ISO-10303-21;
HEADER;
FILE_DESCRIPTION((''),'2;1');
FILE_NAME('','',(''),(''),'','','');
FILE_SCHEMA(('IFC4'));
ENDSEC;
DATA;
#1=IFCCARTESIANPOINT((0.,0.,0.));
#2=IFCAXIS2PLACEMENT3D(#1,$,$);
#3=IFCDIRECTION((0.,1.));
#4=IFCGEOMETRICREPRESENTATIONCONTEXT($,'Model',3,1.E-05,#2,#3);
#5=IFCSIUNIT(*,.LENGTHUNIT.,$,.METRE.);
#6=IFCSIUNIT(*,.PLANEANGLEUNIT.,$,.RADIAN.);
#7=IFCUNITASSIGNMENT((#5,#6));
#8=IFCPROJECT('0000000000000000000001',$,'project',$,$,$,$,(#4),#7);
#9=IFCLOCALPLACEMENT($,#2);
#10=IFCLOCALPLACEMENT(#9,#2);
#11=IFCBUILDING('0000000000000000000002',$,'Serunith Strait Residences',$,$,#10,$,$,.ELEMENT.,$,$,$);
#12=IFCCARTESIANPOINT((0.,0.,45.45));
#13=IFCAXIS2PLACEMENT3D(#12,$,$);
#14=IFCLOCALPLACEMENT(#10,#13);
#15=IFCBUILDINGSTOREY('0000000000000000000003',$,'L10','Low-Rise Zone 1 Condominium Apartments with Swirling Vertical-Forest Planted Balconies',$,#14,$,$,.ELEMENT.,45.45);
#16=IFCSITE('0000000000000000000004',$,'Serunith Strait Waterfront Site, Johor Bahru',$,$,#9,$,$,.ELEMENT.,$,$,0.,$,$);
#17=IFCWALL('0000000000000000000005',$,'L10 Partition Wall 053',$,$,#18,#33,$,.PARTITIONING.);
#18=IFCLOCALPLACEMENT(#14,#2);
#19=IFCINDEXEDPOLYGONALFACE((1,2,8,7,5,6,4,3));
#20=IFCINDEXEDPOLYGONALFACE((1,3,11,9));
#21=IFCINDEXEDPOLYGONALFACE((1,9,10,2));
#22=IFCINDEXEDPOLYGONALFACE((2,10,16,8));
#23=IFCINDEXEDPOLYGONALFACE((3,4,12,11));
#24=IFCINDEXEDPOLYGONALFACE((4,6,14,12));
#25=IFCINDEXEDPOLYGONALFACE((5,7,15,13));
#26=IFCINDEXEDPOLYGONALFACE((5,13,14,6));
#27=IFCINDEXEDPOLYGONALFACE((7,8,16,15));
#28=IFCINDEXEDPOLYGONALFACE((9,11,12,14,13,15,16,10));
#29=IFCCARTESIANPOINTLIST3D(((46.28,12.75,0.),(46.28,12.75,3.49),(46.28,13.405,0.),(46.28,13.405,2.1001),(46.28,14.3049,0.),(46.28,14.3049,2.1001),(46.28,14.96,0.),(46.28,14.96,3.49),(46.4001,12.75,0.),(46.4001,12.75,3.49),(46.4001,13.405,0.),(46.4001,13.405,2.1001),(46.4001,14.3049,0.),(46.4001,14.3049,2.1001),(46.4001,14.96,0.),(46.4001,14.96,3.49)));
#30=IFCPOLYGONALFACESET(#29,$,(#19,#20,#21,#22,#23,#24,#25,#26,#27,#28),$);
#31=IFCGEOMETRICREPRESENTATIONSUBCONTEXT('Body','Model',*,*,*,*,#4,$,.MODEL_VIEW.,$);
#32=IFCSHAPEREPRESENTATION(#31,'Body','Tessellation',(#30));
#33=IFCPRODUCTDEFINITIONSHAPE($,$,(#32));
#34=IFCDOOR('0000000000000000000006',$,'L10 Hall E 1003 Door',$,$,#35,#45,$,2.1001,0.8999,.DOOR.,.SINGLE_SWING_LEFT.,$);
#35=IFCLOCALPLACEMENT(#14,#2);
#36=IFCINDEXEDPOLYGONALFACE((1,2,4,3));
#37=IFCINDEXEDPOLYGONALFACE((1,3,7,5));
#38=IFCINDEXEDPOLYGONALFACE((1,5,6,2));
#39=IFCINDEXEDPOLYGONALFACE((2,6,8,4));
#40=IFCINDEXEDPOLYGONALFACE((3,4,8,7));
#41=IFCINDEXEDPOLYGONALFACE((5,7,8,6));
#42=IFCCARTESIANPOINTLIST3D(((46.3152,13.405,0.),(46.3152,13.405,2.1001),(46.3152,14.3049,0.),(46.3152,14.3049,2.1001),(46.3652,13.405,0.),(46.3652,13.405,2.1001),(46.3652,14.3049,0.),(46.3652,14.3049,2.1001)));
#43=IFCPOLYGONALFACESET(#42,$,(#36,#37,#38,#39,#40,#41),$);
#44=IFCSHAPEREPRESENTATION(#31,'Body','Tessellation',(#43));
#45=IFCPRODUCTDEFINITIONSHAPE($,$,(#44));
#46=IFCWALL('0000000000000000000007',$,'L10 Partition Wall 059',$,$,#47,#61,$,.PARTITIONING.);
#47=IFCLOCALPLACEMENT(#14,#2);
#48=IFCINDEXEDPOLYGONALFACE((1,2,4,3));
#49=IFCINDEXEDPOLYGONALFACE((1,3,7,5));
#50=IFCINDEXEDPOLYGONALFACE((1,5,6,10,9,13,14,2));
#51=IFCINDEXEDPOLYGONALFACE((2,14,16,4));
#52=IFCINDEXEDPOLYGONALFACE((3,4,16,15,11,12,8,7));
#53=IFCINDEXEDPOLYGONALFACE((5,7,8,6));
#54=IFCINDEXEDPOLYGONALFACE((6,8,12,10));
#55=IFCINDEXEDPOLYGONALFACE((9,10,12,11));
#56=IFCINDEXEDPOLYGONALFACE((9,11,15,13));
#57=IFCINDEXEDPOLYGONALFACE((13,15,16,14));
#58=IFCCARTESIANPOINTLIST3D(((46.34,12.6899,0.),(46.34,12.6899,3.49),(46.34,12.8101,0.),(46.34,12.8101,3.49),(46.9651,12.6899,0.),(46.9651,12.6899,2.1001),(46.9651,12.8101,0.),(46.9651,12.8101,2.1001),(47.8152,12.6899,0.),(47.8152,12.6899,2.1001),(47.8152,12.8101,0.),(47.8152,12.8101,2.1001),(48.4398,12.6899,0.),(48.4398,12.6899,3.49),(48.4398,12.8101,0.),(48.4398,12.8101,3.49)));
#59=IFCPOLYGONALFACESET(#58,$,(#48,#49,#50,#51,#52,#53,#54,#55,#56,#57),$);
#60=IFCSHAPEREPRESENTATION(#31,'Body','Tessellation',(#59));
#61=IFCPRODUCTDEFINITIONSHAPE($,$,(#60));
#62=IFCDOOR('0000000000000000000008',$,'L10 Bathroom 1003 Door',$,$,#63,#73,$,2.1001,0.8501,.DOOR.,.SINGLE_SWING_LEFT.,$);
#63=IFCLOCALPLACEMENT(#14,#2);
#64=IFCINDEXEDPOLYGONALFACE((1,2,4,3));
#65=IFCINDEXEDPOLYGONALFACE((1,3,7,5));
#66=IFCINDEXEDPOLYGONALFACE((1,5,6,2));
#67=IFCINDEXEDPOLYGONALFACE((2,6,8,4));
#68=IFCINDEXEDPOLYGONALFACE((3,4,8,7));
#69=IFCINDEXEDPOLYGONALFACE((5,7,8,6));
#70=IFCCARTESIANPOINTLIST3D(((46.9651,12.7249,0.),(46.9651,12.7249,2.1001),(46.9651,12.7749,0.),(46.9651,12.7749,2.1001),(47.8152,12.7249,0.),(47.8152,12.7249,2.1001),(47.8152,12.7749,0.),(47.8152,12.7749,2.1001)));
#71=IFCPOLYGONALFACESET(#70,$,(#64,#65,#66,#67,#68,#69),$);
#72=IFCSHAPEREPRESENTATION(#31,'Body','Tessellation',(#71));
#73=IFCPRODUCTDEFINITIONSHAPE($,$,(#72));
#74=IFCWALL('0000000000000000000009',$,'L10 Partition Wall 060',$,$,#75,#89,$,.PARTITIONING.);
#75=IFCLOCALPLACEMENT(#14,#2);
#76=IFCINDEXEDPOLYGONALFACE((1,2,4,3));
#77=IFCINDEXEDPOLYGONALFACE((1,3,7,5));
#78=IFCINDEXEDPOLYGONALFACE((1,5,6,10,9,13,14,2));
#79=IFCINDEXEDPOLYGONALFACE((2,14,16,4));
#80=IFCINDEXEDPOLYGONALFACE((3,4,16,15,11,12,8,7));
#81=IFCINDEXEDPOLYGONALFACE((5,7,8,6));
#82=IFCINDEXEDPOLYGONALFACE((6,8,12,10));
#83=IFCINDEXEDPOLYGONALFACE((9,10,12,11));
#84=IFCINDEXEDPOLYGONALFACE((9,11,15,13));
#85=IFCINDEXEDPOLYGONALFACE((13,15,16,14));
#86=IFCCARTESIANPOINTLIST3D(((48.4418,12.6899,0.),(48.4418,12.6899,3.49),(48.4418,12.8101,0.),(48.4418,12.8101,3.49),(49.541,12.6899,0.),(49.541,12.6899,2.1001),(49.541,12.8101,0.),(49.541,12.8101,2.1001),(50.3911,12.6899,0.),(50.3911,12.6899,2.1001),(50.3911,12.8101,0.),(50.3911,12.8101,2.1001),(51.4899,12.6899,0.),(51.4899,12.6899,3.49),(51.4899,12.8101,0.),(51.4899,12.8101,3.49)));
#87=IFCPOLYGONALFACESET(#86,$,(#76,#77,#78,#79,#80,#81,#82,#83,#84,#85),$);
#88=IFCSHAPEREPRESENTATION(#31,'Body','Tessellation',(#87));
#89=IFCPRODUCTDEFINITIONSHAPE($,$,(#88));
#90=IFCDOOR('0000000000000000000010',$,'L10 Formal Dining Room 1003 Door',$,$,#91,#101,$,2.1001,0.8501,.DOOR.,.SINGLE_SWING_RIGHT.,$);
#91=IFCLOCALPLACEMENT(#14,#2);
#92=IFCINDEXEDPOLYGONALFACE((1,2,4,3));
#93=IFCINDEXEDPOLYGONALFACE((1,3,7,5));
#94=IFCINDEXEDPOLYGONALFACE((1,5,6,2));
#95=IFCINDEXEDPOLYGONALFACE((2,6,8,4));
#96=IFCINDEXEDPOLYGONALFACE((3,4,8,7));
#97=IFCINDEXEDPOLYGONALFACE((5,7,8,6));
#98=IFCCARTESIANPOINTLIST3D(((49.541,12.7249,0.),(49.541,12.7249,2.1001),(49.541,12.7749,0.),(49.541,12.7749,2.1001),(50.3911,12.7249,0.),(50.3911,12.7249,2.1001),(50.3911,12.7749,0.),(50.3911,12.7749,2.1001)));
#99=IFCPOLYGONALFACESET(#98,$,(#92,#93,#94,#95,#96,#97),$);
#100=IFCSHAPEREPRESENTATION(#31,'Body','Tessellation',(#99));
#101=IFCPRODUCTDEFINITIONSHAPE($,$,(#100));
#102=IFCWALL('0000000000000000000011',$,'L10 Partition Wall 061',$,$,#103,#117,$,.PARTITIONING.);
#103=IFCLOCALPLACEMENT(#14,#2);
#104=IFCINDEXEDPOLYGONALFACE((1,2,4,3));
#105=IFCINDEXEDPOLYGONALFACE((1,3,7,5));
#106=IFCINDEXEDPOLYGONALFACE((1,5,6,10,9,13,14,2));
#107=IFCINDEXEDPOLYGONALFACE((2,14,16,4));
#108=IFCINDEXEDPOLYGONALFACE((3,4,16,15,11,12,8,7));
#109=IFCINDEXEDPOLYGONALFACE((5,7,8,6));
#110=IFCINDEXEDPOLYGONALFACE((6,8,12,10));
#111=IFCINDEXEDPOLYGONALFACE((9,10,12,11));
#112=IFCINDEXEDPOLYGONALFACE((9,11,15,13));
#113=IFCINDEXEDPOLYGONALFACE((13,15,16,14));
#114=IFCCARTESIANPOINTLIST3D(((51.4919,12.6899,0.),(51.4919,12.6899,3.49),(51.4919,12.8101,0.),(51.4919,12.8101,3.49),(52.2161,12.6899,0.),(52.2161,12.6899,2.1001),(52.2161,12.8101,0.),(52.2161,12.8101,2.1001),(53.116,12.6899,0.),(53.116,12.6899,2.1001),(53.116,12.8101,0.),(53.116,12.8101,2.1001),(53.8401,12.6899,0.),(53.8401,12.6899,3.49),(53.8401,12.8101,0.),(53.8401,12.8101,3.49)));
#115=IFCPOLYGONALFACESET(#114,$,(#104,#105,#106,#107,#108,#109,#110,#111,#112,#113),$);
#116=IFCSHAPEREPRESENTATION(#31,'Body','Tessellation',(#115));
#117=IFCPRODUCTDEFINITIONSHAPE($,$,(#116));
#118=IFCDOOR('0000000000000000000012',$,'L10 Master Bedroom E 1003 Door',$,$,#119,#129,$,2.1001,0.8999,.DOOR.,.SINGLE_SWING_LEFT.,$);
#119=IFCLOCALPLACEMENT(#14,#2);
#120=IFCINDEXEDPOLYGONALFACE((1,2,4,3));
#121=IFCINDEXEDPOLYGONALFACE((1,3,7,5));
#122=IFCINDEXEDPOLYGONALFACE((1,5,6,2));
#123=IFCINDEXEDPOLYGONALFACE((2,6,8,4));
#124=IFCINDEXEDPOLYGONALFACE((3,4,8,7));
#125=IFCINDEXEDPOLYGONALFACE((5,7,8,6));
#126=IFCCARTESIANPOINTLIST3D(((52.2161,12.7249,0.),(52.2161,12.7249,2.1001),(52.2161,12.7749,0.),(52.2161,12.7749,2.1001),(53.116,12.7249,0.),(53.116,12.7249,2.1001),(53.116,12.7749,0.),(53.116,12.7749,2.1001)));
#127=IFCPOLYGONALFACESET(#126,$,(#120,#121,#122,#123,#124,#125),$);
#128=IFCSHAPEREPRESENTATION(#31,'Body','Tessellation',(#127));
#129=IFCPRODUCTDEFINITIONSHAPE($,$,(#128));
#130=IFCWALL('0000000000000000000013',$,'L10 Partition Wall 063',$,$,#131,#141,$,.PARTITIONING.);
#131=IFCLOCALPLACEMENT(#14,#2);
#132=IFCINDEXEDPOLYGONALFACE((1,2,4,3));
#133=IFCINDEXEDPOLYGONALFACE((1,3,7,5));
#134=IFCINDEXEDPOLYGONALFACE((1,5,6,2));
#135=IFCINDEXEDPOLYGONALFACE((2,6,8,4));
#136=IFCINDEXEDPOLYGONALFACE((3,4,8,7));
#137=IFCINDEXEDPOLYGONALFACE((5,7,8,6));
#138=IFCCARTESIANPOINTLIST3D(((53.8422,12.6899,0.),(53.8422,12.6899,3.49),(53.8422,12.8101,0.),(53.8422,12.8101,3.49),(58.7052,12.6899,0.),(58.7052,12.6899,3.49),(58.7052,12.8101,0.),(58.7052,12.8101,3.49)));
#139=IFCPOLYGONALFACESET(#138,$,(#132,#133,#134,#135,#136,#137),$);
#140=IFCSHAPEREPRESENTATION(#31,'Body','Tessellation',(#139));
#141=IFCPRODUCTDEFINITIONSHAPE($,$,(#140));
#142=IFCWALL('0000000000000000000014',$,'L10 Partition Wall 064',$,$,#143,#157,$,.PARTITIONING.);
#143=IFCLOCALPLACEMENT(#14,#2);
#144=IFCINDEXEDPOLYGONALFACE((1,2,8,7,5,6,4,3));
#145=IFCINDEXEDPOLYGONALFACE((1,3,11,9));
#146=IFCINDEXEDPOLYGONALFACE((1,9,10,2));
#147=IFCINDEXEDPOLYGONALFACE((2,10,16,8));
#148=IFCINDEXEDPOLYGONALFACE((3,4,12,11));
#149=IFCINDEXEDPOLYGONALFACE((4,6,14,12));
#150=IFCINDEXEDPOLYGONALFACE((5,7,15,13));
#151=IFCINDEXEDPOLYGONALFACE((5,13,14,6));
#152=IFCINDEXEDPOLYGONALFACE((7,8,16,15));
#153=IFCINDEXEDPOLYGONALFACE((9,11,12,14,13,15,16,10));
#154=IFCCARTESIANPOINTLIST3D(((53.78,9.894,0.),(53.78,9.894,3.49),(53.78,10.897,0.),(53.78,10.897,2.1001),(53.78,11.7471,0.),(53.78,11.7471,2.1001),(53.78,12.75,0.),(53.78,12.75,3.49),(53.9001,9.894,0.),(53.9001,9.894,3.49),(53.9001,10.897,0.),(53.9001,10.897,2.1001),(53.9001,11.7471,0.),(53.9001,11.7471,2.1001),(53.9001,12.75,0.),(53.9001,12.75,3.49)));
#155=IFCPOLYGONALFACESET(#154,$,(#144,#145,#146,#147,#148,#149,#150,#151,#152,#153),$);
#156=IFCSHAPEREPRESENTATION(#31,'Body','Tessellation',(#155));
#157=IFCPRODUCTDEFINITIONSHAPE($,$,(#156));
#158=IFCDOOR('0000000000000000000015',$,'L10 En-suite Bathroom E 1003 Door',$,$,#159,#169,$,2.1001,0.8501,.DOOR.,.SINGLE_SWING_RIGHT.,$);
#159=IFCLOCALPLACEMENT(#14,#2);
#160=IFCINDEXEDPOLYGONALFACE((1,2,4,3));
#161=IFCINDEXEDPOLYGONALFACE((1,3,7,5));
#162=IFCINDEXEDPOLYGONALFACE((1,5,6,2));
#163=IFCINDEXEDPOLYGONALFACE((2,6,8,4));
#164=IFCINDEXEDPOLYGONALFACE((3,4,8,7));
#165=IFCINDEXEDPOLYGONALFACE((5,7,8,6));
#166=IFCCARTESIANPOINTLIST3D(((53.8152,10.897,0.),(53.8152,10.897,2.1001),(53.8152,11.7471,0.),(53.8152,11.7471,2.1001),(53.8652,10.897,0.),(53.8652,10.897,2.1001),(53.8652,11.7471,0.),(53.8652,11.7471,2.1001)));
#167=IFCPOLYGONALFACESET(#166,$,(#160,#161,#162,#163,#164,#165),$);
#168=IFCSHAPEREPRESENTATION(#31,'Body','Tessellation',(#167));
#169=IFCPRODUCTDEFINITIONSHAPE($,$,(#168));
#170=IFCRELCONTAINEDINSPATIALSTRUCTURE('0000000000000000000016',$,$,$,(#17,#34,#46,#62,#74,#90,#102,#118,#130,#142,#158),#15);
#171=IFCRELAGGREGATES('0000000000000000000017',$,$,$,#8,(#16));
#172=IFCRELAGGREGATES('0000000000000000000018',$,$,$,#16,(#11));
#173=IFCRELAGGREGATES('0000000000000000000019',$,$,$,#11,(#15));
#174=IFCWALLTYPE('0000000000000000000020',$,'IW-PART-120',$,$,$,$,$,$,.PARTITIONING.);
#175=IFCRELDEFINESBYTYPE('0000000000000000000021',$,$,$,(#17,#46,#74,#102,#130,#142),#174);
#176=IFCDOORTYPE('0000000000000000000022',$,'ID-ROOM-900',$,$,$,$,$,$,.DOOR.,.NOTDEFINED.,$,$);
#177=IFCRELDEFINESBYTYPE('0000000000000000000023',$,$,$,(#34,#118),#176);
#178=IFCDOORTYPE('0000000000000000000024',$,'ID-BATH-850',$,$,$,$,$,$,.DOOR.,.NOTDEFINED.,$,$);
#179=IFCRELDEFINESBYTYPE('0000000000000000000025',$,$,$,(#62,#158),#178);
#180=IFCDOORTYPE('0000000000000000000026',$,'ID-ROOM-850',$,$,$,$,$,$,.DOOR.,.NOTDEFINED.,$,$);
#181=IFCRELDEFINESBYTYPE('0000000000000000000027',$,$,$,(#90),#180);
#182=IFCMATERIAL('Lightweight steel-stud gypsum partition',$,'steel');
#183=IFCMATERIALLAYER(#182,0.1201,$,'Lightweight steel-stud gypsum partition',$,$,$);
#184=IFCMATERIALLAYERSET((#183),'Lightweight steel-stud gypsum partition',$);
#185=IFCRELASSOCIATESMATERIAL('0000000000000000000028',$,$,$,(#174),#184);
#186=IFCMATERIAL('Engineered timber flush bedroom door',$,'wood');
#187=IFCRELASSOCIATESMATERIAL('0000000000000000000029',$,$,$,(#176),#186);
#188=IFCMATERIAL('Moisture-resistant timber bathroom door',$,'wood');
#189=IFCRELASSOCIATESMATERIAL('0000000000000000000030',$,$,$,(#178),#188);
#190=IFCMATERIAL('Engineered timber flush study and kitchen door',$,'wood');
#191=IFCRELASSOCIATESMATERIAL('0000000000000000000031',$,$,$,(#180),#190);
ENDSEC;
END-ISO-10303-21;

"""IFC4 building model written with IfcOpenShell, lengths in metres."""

from ifc_helpers import new_model, si_unit, direction, frame, frame_2d, origin, place, context, subcontext, project, spatial, rectangle, extrude, source, transform, mapped, material, layer, layer_set, type_object, element, fill, save


model = new_model("IFC4")

# Units and contexts
model_context = context("Model", 3, precision=1e-05, world=origin(), true_north=direction((0.0, 1.0)))
body_context = subcontext(model_context, "Body", "Model", "MODEL_VIEW")
ifc_project = project(units=[si_unit("LENGTHUNIT", "METRE"), si_unit("PLANEANGLEUNIT", "RADIAN")], contexts=[model_context])

# Site, building, storey
site_placement = place(None, origin())
site = spatial("IfcSite", under=ifc_project, at=site_placement, Name="Serunith Strait Waterfront Site, Johor Bahru", CompositionType="ELEMENT", RefElevation=0.0)
building_placement = place(site_placement, origin())
building = spatial("IfcBuilding", under=site, at=building_placement, Name="Serunith Strait Residences", CompositionType="ELEMENT")
storey_placement = place(building_placement, frame((0.0, 0.0, 45.45)))
storey = spatial("IfcBuildingStorey", under=building, at=storey_placement, Name="L10", Description="Low-Rise Zone 1 Condominium Apartments with Swirling Vertical-Forest Planted Balconies", CompositionType="ELEMENT", Elevation=45.45)

# Walls, openings, doors
ifc_material_1 = material(Name="Lightweight steel-stud gypsum partition", Category="steel")
ifc_layer_1 = layer(ifc_material_1, 0.1201, Name="Lightweight steel-stud gypsum partition")
ifc_layer_set_1 = layer_set([ifc_layer_1], Name="Lightweight steel-stud gypsum partition")
wall_type = type_object("IfcWallType", Name="IW-PART-120", PredefinedType="PARTITIONING", material=ifc_layer_set_1)
wall_1_placement = place(storey_placement, frame((46.3401, 12.75, 0.0), z_axis=(0.0, 0.0, 1.0), x_axis=(0.0, 1.0, 0.0)))
wall_1 = element("IfcWall", 1, at=wall_1_placement, inside=storey, type_object=wall_type, Name="L10 Partition Wall 053", PredefinedType="PARTITIONING", context=body_context, shape_type="SweptSolid", body=[
    extrude(rectangle(XDim=2.21, YDim=0.1201, at=frame_2d((1.105, 0.0))), origin(), (0.0, 0.0, 1.0), 3.49),
])
opening_1_placement = place(wall_1_placement, frame((0.655, 0.0, 0.0)))
opening_1 = element("IfcOpeningElement", 2, at=opening_1_placement, cuts=wall_1, PredefinedType="OPENING", context=body_context, shape_type="SweptSolid", body=[
    extrude(rectangle(XDim=0.8999, YDim=2.1001, at=frame_2d((0.45, 1.05))), frame((0.0, 0.0701, 0.0), z_axis=(0.0, -1.0, 0.0), x_axis=(1.0, 0.0, 0.0)), (0.0, 0.0, 1.0), 0.1401),
])
ifc_material_2 = material(Name="Engineered timber flush bedroom door", Category="wood")
door_type_1 = type_object("IfcDoorType", Name="ID-ROOM-900", OperationType="NOTDEFINED", PredefinedType="DOOR", material=ifc_material_2)
shared_shape_1 = source(origin(), body_context, "Body", "SweptSolid", [
    extrude(rectangle(XDim=0.8999, YDim=2.1001, at=frame_2d((0.45, 1.05))), frame((0.0, 0.0249, 0.0), z_axis=(0.0, -1.0, 0.0), x_axis=(1.0, 0.0, 0.0)), (0.0, 0.0, 1.0), 0.05),
])
door_1_placement = place(opening_1_placement, origin())
door_1 = element("IfcDoor", 3, at=door_1_placement, inside=storey, type_object=door_type_1, Name="L10 Hall E 1003 Door", OperationType="SINGLE_SWING_LEFT", OverallHeight=2.1001, OverallWidth=0.8999, PredefinedType="DOOR", context=body_context, shape_type="MappedRepresentation", body=[
    mapped(shared_shape_1, transform((0.0, 0.0, 0.0), scale=1.0)),
])
fill(opening_1, door_1)
wall_2_placement = place(storey_placement, frame((46.3401, 12.75, 0.0), z_axis=(0.0, 0.0, 1.0), x_axis=(1.0, 0.0, 0.0)))
wall_2 = element("IfcWall", 4, at=wall_2_placement, inside=storey, type_object=wall_type, Name="L10 Partition Wall 059", PredefinedType="PARTITIONING", context=body_context, shape_type="SweptSolid", body=[
    extrude(rectangle(XDim=2.0999, YDim=0.1201, at=frame_2d((1.0498, 0.0))), origin(), (0.0, 0.0, 1.0), 3.49),
])
opening_2_placement = place(wall_2_placement, frame((0.625, 0.0, 0.0)))
opening_2 = element("IfcOpeningElement", 5, at=opening_2_placement, cuts=wall_2, PredefinedType="OPENING", context=body_context, shape_type="SweptSolid", body=[
    extrude(rectangle(XDim=0.8501, YDim=2.1001, at=frame_2d((0.425, 1.05))), frame((0.0, 0.0701, 0.0), z_axis=(0.0, -1.0, 0.0), x_axis=(1.0, 0.0, 0.0)), (0.0, 0.0, 1.0), 0.1401),
])
ifc_material_3 = material(Name="Moisture-resistant timber bathroom door", Category="wood")
door_type_2 = type_object("IfcDoorType", Name="ID-BATH-850", OperationType="NOTDEFINED", PredefinedType="DOOR", material=ifc_material_3)
shared_shape_2 = source(origin(), body_context, "Body", "SweptSolid", [
    extrude(rectangle(XDim=0.8501, YDim=2.1001, at=frame_2d((0.425, 1.05))), frame((0.0, 0.0249, 0.0), z_axis=(0.0, -1.0, 0.0), x_axis=(1.0, 0.0, 0.0)), (0.0, 0.0, 1.0), 0.05),
])
door_2_placement = place(opening_2_placement, origin())
door_2 = element("IfcDoor", 6, at=door_2_placement, inside=storey, type_object=door_type_2, Name="L10 Bathroom 1003 Door", OperationType="SINGLE_SWING_LEFT", OverallHeight=2.1001, OverallWidth=0.8501, PredefinedType="DOOR", context=body_context, shape_type="MappedRepresentation", body=[
    mapped(shared_shape_2, transform((0.0, 0.0, 0.0), scale=1.0)),
])
fill(opening_2, door_2)
wall_3_placement = place(storey_placement, frame((48.4419, 12.75, 0.0), z_axis=(0.0, 0.0, 1.0), x_axis=(1.0, 0.0, 0.0)))
wall_3 = element("IfcWall", 7, at=wall_3_placement, inside=storey, type_object=wall_type, Name="L10 Partition Wall 060", PredefinedType="PARTITIONING", context=body_context, shape_type="SweptSolid", body=[
    extrude(rectangle(XDim=3.0481, YDim=0.1201, at=frame_2d((1.5239, 0.0))), origin(), (0.0, 0.0, 1.0), 3.49),
])
opening_3_placement = place(wall_3_placement, frame((1.0991, 0.0, 0.0)))
opening_3 = element("IfcOpeningElement", 8, at=opening_3_placement, cuts=wall_3, PredefinedType="OPENING", context=body_context, shape_type="SweptSolid", body=[
    extrude(rectangle(XDim=0.8501, YDim=2.1001, at=frame_2d((0.425, 1.05))), frame((0.0, 0.0701, 0.0), z_axis=(0.0, -1.0, 0.0), x_axis=(1.0, 0.0, 0.0)), (0.0, 0.0, 1.0), 0.1401),
])
ifc_material_4 = material(Name="Engineered timber flush study and kitchen door", Category="wood")
door_type_3 = type_object("IfcDoorType", Name="ID-ROOM-850", OperationType="NOTDEFINED", PredefinedType="DOOR", material=ifc_material_4)
door_3_placement = place(opening_3_placement, origin())
door_3 = element("IfcDoor", 9, at=door_3_placement, inside=storey, type_object=door_type_3, Name="L10 Formal Dining Room 1003 Door", OperationType="SINGLE_SWING_RIGHT", OverallHeight=2.1001, OverallWidth=0.8501, PredefinedType="DOOR", context=body_context, shape_type="MappedRepresentation", body=[
    mapped(shared_shape_2, transform((0.0, 0.0, 0.0), scale=1.0)),
])
fill(opening_3, door_3)
wall_4_placement = place(storey_placement, frame((51.4919, 12.75, 0.0), z_axis=(0.0, 0.0, 1.0), x_axis=(1.0, 0.0, 0.0)))
wall_4 = element("IfcWall", 10, at=wall_4_placement, inside=storey, type_object=wall_type, Name="L10 Partition Wall 061", PredefinedType="PARTITIONING", context=body_context, shape_type="SweptSolid", body=[
    extrude(rectangle(XDim=2.3481, YDim=0.1201, at=frame_2d((1.1741, 0.0))), origin(), (0.0, 0.0, 1.0), 3.49),
])
opening_4_placement = place(wall_4_placement, frame((0.7241, 0.0, 0.0)))
opening_4 = element("IfcOpeningElement", 11, at=opening_4_placement, cuts=wall_4, PredefinedType="OPENING", context=body_context, shape_type="SweptSolid", body=[
    extrude(rectangle(XDim=0.8999, YDim=2.1001, at=frame_2d((0.45, 1.05))), frame((0.0, 0.0701, 0.0), z_axis=(0.0, -1.0, 0.0), x_axis=(1.0, 0.0, 0.0)), (0.0, 0.0, 1.0), 0.1401),
])
door_4_placement = place(opening_4_placement, origin())
door_4 = element("IfcDoor", 12, at=door_4_placement, inside=storey, type_object=door_type_1, Name="L10 Master Bedroom E 1003 Door", OperationType="SINGLE_SWING_LEFT", OverallHeight=2.1001, OverallWidth=0.8999, PredefinedType="DOOR", context=body_context, shape_type="MappedRepresentation", body=[
    mapped(shared_shape_1, transform((0.0, 0.0, 0.0), scale=1.0)),
])
fill(opening_4, door_4)

# Wall
wall_5_placement = place(storey_placement, frame((53.842, 12.75, 0.0), z_axis=(0.0, 0.0, 1.0), x_axis=(1.0, 0.0, 0.0)))
element("IfcWall", 13, at=wall_5_placement, inside=storey, type_object=wall_type, Name="L10 Partition Wall 063", PredefinedType="PARTITIONING", context=body_context, shape_type="SweptSolid", body=[
    extrude(rectangle(XDim=4.863, YDim=0.1201, at=frame_2d((2.4316, 0.0))), origin(), (0.0, 0.0, 1.0), 3.49),
])

# Wall, opening, door
wall_6_placement = place(storey_placement, frame((53.8401, 9.894, 0.0), z_axis=(0.0, 0.0, 1.0), x_axis=(0.0, 1.0, 0.0)))
wall_6 = element("IfcWall", 14, at=wall_6_placement, inside=storey, type_object=wall_type, Name="L10 Partition Wall 064", PredefinedType="PARTITIONING", context=body_context, shape_type="SweptSolid", body=[
    extrude(rectangle(XDim=2.856, YDim=0.1201, at=frame_2d((1.428, 0.0))), origin(), (0.0, 0.0, 1.0), 3.49),
])
opening_5_placement = place(wall_6_placement, frame((1.0029, 0.0, 0.0)))
opening_5 = element("IfcOpeningElement", 15, at=opening_5_placement, cuts=wall_6, PredefinedType="OPENING", context=body_context, shape_type="SweptSolid", body=[
    extrude(rectangle(XDim=0.8501, YDim=2.1001, at=frame_2d((0.425, 1.05))), frame((0.0, 0.0701, 0.0), z_axis=(0.0, -1.0, 0.0), x_axis=(1.0, 0.0, 0.0)), (0.0, 0.0, 1.0), 0.1401),
])
door_5_placement = place(opening_5_placement, origin())
door_5 = element("IfcDoor", 16, at=door_5_placement, inside=storey, type_object=door_type_2, Name="L10 En-suite Bathroom E 1003 Door", OperationType="SINGLE_SWING_RIGHT", OverallHeight=2.1001, OverallWidth=0.8501, PredefinedType="DOOR", context=body_context, shape_type="MappedRepresentation", body=[
    mapped(shared_shape_2, transform((0.0, 0.0, 0.0), scale=1.0)),
])
fill(opening_5, door_5)

save(model, "model.ifc")
